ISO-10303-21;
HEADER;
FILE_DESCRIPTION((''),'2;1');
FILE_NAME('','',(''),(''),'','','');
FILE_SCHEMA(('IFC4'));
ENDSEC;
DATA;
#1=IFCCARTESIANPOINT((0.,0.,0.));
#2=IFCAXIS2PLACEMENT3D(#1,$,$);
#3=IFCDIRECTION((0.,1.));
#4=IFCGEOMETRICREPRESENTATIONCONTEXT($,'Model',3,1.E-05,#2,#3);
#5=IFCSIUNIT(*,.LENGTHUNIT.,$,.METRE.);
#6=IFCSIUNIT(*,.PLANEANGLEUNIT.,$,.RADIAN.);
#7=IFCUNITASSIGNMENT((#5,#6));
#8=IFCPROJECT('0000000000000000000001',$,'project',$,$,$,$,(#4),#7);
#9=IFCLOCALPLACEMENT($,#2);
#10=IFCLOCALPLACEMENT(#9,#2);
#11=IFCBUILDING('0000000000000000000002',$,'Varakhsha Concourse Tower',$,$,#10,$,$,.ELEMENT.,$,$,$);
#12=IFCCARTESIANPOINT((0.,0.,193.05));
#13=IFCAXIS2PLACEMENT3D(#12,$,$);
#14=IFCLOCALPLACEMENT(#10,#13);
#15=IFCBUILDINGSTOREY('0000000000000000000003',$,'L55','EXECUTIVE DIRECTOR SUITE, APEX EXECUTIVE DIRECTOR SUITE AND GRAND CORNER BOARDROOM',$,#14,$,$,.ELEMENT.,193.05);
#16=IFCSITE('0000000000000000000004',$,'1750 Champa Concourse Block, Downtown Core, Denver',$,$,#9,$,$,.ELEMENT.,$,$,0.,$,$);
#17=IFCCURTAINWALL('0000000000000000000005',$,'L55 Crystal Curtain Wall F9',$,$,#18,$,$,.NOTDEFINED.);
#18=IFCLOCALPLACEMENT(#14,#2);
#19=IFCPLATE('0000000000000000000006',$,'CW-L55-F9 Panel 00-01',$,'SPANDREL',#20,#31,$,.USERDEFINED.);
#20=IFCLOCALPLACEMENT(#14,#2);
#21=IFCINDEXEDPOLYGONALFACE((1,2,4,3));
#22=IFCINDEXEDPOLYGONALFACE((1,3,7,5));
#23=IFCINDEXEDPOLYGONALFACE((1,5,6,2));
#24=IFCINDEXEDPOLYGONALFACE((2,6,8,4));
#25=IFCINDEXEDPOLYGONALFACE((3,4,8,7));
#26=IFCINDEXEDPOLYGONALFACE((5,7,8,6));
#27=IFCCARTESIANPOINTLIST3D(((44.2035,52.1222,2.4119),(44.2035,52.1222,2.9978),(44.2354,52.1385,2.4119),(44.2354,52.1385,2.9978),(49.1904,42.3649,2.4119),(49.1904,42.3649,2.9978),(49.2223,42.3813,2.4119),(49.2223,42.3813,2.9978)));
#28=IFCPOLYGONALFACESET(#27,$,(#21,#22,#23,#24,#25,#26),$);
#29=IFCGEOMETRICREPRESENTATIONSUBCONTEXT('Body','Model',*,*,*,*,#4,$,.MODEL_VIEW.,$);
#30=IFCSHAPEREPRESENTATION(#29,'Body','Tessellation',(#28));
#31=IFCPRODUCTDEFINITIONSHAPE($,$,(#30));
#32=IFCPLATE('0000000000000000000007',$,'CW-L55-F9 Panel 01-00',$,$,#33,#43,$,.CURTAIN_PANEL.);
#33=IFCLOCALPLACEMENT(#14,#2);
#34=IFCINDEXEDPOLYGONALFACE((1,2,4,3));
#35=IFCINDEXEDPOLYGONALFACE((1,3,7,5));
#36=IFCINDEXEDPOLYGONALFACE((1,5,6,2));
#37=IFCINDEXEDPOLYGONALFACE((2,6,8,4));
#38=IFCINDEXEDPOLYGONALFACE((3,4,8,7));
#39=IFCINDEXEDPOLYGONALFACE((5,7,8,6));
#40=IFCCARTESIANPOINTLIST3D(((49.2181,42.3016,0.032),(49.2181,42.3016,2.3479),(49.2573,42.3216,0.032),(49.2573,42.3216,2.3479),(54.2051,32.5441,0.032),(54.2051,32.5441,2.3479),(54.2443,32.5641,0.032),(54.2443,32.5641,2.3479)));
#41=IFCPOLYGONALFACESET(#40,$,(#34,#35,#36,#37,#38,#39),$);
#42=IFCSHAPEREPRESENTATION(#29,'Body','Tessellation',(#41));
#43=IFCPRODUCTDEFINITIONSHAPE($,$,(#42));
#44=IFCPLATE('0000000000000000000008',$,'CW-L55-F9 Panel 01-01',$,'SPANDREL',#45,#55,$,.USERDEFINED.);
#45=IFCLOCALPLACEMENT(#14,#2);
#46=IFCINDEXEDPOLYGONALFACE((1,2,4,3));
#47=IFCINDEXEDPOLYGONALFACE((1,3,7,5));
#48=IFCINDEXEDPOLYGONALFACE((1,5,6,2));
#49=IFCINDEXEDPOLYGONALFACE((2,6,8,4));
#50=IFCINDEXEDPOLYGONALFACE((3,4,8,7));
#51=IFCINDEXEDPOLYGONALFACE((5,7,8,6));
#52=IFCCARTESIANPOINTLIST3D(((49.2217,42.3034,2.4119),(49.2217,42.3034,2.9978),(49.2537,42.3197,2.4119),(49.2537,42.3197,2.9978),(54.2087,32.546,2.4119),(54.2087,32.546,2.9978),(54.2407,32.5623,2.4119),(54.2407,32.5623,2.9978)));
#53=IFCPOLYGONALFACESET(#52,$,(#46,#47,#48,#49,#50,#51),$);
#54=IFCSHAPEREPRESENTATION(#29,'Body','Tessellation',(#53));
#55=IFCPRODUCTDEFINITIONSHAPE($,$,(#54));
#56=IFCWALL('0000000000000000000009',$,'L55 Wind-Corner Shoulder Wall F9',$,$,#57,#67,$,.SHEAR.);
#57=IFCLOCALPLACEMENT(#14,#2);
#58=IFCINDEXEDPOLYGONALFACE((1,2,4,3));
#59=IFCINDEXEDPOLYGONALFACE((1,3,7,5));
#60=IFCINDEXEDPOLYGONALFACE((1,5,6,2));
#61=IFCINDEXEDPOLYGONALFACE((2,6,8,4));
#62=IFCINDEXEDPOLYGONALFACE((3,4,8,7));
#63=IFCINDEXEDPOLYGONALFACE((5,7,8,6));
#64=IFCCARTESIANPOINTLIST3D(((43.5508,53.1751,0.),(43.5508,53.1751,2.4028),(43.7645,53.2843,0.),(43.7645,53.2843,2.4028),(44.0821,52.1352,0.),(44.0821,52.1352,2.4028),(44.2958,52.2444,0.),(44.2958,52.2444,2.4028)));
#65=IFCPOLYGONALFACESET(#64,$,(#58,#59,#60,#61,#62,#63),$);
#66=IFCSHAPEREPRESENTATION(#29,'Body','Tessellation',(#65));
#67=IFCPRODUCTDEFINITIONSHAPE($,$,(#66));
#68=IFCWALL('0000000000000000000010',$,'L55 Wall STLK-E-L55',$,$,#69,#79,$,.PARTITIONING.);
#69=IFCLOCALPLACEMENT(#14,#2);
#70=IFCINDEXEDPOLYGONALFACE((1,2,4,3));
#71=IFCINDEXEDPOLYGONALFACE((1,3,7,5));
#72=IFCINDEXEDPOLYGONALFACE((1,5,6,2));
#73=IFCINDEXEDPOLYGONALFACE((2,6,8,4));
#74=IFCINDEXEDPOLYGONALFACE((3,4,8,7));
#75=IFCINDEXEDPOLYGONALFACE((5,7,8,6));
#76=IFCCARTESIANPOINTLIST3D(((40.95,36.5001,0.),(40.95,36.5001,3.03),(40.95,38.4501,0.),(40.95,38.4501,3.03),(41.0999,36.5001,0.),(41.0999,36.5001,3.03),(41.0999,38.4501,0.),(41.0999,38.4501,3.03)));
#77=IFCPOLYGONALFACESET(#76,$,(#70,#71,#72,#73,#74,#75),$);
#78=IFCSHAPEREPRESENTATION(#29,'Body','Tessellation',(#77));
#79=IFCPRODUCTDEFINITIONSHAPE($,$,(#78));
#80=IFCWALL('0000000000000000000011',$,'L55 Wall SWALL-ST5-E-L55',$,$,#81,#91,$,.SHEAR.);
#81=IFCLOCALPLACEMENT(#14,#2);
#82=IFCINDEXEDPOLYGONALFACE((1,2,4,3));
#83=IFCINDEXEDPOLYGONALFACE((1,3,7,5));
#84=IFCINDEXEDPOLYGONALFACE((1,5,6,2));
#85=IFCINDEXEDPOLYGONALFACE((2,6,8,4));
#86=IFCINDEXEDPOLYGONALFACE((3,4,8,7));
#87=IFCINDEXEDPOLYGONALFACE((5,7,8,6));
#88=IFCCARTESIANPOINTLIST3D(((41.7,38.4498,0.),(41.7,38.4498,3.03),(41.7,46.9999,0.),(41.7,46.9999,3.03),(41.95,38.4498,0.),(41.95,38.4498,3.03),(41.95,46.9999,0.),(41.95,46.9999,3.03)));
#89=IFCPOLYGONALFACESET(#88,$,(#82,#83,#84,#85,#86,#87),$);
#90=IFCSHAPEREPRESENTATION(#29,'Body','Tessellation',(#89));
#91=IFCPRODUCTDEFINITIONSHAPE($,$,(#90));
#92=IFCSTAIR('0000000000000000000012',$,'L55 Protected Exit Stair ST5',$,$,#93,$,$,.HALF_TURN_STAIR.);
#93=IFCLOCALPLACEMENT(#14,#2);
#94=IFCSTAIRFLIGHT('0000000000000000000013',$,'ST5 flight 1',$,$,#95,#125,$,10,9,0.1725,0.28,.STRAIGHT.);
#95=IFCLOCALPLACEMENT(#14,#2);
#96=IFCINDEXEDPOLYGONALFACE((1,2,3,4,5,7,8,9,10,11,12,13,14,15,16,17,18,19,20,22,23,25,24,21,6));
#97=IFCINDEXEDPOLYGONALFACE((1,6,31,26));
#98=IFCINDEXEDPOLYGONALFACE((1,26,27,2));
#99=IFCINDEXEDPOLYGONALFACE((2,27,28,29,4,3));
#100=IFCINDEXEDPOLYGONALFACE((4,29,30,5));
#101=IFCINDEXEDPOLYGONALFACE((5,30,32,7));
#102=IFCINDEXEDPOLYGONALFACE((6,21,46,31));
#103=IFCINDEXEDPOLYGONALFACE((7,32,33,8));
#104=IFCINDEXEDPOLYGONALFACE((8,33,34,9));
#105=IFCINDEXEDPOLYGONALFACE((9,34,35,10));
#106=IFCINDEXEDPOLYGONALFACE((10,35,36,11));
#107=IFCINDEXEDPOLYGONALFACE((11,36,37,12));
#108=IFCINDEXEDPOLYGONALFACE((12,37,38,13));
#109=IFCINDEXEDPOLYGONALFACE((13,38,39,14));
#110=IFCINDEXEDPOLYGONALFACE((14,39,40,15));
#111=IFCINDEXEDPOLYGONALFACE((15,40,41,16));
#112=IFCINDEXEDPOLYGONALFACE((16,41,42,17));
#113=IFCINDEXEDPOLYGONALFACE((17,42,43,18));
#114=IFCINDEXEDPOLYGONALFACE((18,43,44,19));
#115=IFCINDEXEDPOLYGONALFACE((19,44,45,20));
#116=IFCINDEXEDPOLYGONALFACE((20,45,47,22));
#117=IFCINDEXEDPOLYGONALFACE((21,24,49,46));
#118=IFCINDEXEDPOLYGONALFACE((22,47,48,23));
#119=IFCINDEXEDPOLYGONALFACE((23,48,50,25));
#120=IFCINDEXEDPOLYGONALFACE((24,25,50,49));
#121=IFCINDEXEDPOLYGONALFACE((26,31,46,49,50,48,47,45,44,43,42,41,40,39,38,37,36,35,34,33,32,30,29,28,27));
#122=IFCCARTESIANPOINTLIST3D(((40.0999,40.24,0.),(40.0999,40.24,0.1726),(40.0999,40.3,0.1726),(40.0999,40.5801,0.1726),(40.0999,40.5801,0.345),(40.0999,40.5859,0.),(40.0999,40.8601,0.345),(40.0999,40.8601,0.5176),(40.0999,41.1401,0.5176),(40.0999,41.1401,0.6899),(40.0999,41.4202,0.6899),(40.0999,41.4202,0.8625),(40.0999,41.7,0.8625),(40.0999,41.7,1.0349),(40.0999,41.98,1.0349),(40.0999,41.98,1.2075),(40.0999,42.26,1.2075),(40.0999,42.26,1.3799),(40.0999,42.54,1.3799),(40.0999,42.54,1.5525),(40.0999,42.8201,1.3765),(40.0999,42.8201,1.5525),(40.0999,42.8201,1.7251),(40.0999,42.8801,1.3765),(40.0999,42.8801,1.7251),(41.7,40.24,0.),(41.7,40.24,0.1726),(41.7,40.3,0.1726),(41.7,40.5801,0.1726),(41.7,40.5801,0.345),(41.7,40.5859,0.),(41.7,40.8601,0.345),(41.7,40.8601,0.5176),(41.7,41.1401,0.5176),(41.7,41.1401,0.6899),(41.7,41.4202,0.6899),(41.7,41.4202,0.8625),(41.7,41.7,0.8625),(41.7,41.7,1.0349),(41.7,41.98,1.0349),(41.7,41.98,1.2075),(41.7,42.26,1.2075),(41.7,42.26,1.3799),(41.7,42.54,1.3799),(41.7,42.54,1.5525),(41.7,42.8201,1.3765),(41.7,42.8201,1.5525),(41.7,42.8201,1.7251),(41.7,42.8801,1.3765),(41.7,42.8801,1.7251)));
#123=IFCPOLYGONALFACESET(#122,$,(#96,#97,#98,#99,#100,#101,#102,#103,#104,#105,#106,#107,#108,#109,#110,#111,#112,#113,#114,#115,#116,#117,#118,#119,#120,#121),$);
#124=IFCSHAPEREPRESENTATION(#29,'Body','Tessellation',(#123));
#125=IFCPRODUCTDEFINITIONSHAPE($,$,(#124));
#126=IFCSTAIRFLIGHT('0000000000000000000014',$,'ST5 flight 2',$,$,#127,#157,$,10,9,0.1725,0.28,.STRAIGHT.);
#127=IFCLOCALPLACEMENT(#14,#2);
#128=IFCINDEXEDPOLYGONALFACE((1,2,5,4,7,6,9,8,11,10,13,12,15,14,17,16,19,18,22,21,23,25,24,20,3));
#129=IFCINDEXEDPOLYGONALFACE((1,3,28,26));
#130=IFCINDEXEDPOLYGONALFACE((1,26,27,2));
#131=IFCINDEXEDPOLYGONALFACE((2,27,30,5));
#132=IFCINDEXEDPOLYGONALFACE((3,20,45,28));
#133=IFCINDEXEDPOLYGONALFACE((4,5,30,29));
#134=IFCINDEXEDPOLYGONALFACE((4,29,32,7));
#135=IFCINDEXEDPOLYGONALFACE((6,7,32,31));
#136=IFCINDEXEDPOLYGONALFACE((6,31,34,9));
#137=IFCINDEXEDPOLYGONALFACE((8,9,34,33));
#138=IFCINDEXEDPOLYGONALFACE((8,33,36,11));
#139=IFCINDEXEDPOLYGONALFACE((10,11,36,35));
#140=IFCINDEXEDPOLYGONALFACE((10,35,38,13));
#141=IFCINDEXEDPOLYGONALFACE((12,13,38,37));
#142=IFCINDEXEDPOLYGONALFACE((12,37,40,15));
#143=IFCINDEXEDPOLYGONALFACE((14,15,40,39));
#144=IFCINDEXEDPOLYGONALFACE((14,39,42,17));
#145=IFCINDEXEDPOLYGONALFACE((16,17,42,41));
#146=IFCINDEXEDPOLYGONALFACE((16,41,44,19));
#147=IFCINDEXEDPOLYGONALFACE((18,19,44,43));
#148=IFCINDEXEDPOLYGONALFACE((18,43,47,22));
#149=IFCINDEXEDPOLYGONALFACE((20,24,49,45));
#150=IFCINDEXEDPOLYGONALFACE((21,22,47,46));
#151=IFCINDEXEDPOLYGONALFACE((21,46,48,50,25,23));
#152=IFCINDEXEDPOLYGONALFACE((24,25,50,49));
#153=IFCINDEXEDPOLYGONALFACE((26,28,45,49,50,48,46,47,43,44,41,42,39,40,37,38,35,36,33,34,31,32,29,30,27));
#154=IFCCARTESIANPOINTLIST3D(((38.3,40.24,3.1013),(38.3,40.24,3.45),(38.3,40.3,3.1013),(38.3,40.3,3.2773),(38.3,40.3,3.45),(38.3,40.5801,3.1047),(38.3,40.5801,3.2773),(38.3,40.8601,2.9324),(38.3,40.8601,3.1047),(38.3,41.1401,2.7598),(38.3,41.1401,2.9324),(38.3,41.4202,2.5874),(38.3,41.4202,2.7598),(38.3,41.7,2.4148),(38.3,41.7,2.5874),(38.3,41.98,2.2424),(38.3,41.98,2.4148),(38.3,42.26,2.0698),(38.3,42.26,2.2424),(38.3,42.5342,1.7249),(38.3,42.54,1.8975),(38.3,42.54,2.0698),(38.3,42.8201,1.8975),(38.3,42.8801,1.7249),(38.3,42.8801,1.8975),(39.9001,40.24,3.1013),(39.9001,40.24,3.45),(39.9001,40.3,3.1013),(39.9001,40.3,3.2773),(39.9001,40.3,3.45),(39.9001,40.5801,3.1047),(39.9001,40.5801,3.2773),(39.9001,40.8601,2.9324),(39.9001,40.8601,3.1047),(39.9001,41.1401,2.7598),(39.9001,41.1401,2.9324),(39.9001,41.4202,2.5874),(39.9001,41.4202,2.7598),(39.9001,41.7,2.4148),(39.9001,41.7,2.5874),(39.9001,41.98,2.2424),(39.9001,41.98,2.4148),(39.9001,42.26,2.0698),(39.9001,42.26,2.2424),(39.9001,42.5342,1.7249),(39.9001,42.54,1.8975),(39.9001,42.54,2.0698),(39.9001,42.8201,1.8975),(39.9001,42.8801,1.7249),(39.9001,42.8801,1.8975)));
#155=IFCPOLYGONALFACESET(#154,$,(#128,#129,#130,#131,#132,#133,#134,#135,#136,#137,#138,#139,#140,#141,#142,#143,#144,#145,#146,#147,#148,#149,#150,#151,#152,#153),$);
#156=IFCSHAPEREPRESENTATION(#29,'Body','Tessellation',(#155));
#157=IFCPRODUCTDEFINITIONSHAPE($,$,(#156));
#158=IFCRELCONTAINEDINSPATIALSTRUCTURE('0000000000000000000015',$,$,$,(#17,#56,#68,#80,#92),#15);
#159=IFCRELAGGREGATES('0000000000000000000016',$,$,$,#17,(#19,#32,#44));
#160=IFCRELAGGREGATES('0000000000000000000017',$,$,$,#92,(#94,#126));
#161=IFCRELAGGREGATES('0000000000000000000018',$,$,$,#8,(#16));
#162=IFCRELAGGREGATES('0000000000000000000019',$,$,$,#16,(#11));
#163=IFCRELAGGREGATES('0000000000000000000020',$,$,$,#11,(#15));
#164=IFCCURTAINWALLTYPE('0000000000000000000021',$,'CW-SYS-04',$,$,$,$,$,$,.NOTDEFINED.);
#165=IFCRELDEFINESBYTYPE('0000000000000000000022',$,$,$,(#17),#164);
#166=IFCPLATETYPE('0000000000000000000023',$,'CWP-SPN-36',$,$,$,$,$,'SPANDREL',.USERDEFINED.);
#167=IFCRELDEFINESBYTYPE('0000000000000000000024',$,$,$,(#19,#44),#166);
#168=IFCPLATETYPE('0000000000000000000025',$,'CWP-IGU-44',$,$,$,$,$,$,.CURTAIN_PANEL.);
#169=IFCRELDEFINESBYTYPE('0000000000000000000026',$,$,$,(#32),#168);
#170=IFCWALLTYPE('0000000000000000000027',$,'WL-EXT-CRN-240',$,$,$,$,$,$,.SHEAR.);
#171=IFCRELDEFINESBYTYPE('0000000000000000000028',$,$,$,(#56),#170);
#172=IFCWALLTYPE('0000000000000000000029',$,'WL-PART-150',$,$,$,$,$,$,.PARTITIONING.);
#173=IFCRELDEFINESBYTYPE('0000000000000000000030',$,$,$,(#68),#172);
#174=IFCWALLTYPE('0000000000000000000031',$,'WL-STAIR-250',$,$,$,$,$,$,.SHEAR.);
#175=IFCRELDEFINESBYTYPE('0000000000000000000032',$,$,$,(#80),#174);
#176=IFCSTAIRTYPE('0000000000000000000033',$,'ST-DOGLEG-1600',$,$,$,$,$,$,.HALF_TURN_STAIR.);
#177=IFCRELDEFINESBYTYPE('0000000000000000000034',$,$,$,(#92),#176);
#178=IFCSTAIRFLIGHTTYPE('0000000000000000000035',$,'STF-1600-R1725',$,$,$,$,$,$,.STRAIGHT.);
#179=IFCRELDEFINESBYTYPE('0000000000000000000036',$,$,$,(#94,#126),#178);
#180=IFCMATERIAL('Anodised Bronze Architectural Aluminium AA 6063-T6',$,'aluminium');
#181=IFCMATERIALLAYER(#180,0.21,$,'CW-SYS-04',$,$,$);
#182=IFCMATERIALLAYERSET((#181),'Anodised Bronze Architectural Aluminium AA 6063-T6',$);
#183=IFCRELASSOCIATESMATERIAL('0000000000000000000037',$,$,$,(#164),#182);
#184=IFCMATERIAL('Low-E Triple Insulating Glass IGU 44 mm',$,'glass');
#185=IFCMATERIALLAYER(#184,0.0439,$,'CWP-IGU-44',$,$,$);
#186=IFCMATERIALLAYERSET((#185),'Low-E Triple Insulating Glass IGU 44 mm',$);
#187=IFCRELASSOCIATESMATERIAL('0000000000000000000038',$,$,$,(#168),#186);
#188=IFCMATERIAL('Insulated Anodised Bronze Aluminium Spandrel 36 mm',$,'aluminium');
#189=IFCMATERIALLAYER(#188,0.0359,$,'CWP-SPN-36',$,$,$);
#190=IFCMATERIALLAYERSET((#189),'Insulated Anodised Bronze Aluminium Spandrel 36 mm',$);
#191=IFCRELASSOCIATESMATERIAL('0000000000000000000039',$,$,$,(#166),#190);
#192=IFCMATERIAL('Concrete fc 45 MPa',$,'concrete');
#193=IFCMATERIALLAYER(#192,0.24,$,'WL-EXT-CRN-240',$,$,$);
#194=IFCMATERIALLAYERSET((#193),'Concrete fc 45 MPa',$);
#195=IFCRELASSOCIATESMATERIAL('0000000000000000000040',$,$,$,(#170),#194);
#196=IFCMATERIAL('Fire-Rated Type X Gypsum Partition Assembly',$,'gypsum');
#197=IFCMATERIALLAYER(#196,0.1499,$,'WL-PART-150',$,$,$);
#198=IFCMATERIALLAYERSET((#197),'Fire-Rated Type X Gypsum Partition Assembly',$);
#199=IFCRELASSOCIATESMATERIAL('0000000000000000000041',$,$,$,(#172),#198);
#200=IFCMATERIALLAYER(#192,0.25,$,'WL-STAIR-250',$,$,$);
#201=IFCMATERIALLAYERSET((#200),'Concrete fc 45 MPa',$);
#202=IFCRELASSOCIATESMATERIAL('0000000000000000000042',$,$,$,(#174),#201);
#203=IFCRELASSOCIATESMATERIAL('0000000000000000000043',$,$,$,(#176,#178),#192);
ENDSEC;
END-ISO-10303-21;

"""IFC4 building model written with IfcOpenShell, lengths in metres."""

from ifc_helpers import new_model, si_unit, direction, frame, frame_2d, origin, origin_2d, place, context, subcontext, project, spatial, polyline, rectangle, outline, extrude, source, transform, mapped, material, layer, layer_set, type_object, type_shapes, element, aggregate, save


model = new_model("IFC4")

# Units and contexts
model_context = context("Model", 3, precision=1e-05, world=origin(), true_north=direction((0.0, 1.0)))
body_context = subcontext(model_context, "Body", "Model", "MODEL_VIEW")
ifc_project = project(units=[si_unit("LENGTHUNIT", "METRE"), si_unit("PLANEANGLEUNIT", "RADIAN")], contexts=[model_context])

# Site, building, storey
site_placement = place(None, origin())
site = spatial("IfcSite", under=ifc_project, at=site_placement, Name="1750 Champa Concourse Block, Downtown Core, Denver", CompositionType="ELEMENT", RefElevation=0.0)
building_placement = place(site_placement, origin())
building = spatial("IfcBuilding", under=site, at=building_placement, Name="Varakhsha Concourse Tower", CompositionType="ELEMENT")
storey_placement = place(building_placement, frame((0.0, 0.0, 193.05)))
storey = spatial("IfcBuildingStorey", under=building, at=storey_placement, Name="L55", Description="EXECUTIVE DIRECTOR SUITE, APEX EXECUTIVE DIRECTOR SUITE AND GRAND CORNER BOARDROOM", CompositionType="ELEMENT", Elevation=193.05)

# Curtain wall
ifc_material_1 = material(Name="Anodised Bronze Architectural Aluminium AA 6063-T6", Category="aluminium")
ifc_layer_1 = layer(ifc_material_1, 0.21, Name="CW-SYS-04")
ifc_layer_set_1 = layer_set([ifc_layer_1], Name="Anodised Bronze Architectural Aluminium AA 6063-T6")
curtain_wall_type = type_object("IfcCurtainWallType", Name="CW-SYS-04", PredefinedType="NOTDEFINED", material=ifc_layer_set_1)
curtain_wall_1_placement = place(storey_placement, origin())
curtain_wall_1 = element("IfcCurtainWall", 1, at=curtain_wall_1_placement, inside=storey, type_object=curtain_wall_type, Name="L55 Crystal Curtain Wall F9", PredefinedType="NOTDEFINED")

# Plates
ifc_material_2 = material(Name="Low-E Triple Insulating Glass IGU 44 mm", Category="glass")
ifc_layer_2 = layer(ifc_material_2, 0.0439, Name="CWP-IGU-44")
ifc_layer_set_2 = layer_set([ifc_layer_2], Name="Low-E Triple Insulating Glass IGU 44 mm")
plate_type_1 = type_object("IfcPlateType", Name="CWP-IGU-44", PredefinedType="CURTAIN_PANEL", material=ifc_layer_set_2)
ifc_material_3 = material(Name="Insulated Anodised Bronze Aluminium Spandrel 36 mm", Category="aluminium")
ifc_layer_3 = layer(ifc_material_3, 0.0359, Name="CWP-SPN-36")
ifc_layer_set_3 = layer_set([ifc_layer_3], Name="Insulated Anodised Bronze Aluminium Spandrel 36 mm")
plate_type_2 = type_object("IfcPlateType", Name="CWP-SPN-36", ElementType="SPANDREL", PredefinedType="USERDEFINED", material=ifc_layer_set_3)
shared_shape_1 = source(origin(), body_context, "Body", "SweptSolid", [
    extrude(rectangle(XDim=10.9578, YDim=0.0359, at=origin_2d()), origin(), (0.0, 0.0, 1.0), 0.5859),
])
plate_1_placement = place(storey_placement, frame((46.7129, 47.2517, 2.4119), z_axis=(0.0, 0.0, 1.0), x_axis=(0.455102, -0.890439, 0.0)))
plate_1 = element("IfcPlate", 2, at=plate_1_placement, type_object=plate_type_2, Name="CW-L55-F9 Panel 00-01", ObjectType="SPANDREL", PredefinedType="USERDEFINED", context=body_context, shape_type="MappedRepresentation", body=[
    mapped(shared_shape_1, transform((0.0, 0.0, 0.0), scale=1.0)),
])
shared_shape_2 = source(origin(), body_context, "Body", "SweptSolid", [
    extrude(rectangle(XDim=10.958, YDim=0.0439, at=origin_2d()), origin(), (0.0, 0.0, 1.0), 2.3159),
])
plate_2_placement = place(storey_placement, frame((51.7312, 37.4329, 0.032), z_axis=(0.0, 0.0, 1.0), x_axis=(0.455102, -0.890439, 0.0)))
plate_2 = element("IfcPlate", 3, at=plate_2_placement, type_object=plate_type_1, Name="CW-L55-F9 Panel 01-00", PredefinedType="CURTAIN_PANEL", context=body_context, shape_type="MappedRepresentation", body=[
    mapped(shared_shape_2, transform((0.0, 0.0, 0.0), scale=1.0)),
])
shared_shape_3 = source(origin(), body_context, "Body", "SweptSolid", [
    extrude(rectangle(XDim=10.958, YDim=0.0359, at=origin_2d()), origin(), (0.0, 0.0, 1.0), 0.5859),
])
type_shapes(plate_type_2, [shared_shape_1, shared_shape_3])
plate_3_placement = place(storey_placement, frame((51.7312, 37.4329, 2.4119), z_axis=(0.0, 0.0, 1.0), x_axis=(0.455102, -0.890439, 0.0)))
plate_3 = element("IfcPlate", 4, at=plate_3_placement, type_object=plate_type_2, Name="CW-L55-F9 Panel 01-01", ObjectType="SPANDREL", PredefinedType="USERDEFINED", context=body_context, shape_type="MappedRepresentation", body=[
    mapped(shared_shape_3, transform((0.0, 0.0, 0.0), scale=1.0)),
])
aggregate(curtain_wall_1, [plate_1, plate_2, plate_3])

# Walls
ifc_material_4 = material(Name="Concrete fc 45 MPa", Category="concrete")
ifc_layer_4 = layer(ifc_material_4, 0.24, Name="WL-EXT-CRN-240")
ifc_layer_set_4 = layer_set([ifc_layer_4], Name="Concrete fc 45 MPa")
wall_type_1 = type_object("IfcWallType", Name="WL-EXT-CRN-240", PredefinedType="SHEAR", material=ifc_layer_set_4)
wall_1_placement = place(storey_placement, frame((44.189, 52.1897, 0.0), z_axis=(0.0, 0.0, 1.0), x_axis=(-0.454975, 0.890504, 0.0)))
element("IfcWall", 5, at=wall_1_placement, inside=storey, type_object=wall_type_1, Name="L55 Wind-Corner Shoulder Wall F9", PredefinedType="SHEAR", context=body_context, shape_type="SweptSolid", body=[
    extrude(rectangle(XDim=1.1677, YDim=0.24, at=frame_2d((0.584, 0.0))), origin(), (0.0, 0.0, 1.0), 2.4028),
])
ifc_material_5 = material(Name="Fire-Rated Type X Gypsum Partition Assembly", Category="gypsum")
ifc_layer_5 = layer(ifc_material_5, 0.1499, Name="WL-PART-150")
ifc_layer_set_5 = layer_set([ifc_layer_5], Name="Fire-Rated Type X Gypsum Partition Assembly")
wall_type_2 = type_object("IfcWallType", Name="WL-PART-150", PredefinedType="PARTITIONING", material=ifc_layer_set_5)
wall_2_placement = place(storey_placement, frame((41.0249, 36.5, 0.0), z_axis=(0.0, 0.0, 1.0), x_axis=(0.0, 1.0, 0.0)))
element("IfcWall", 6, at=wall_2_placement, inside=storey, type_object=wall_type_2, Name="L55 Wall STLK-E-L55", PredefinedType="PARTITIONING", context=body_context, shape_type="SweptSolid", body=[
    extrude(rectangle(XDim=1.95, YDim=0.1499, at=frame_2d((0.9751, 0.0))), origin(), (0.0, 0.0, 1.0), 3.03),
])
ifc_layer_6 = layer(ifc_material_4, 0.25, Name="WL-STAIR-250")
ifc_layer_set_6 = layer_set([ifc_layer_6], Name="Concrete fc 45 MPa")
wall_type_3 = type_object("IfcWallType", Name="WL-STAIR-250", PredefinedType="SHEAR", material=ifc_layer_set_6)
wall_3_placement = place(storey_placement, frame((41.825, 38.45, 0.0), z_axis=(0.0, 0.0, 1.0), x_axis=(0.0, 1.0, 0.0)))
element("IfcWall", 7, at=wall_3_placement, inside=storey, type_object=wall_type_3, Name="L55 Wall SWALL-ST5-E-L55", PredefinedType="SHEAR", context=body_context, shape_type="SweptSolid", body=[
    extrude(rectangle(XDim=8.55, YDim=0.25, at=frame_2d((4.2749, 0.0))), origin(), (0.0, 0.0, 1.0), 3.03),
])

# Stair, stair flights
stair_type = type_object("IfcStairType", Name="ST-DOGLEG-1600", PredefinedType="HALF_TURN_STAIR", material=ifc_material_4)
stair_placement = place(storey_placement, origin())
stair = element("IfcStair", 8, at=stair_placement, inside=storey, type_object=stair_type, Name="L55 Protected Exit Stair ST5", PredefinedType="HALF_TURN_STAIR")
stair_flight_type = type_object("IfcStairFlightType", Name="STF-1600-R1725", PredefinedType="STRAIGHT", material=ifc_material_4)
stair_flight_1_placement = place(storey_placement, frame((40.8999, 40.3, 0.0), z_axis=(0.0, 0.0, 1.0), x_axis=(0.0, 1.0, 0.0)))
stair_flight_1 = element("IfcStairFlight", 9, at=stair_flight_1_placement, type_object=stair_flight_type, Name="ST5 flight 1", NumberOfRisers=10, NumberOfTreads=9, PredefinedType="STRAIGHT", RiserHeight=0.1725, TreadLength=0.28, context=body_context, shape_type="SweptSolid", body=[
    extrude(outline(polyline([(-0.0601, 0.0), (-0.0601, 0.1726), (0.0, 0.1726), (0.28, 0.1726), (0.28, 0.345), (0.5601, 0.345), (0.5601, 0.5176), (0.8401, 0.5176), (0.8401, 0.6899), (1.1201, 0.6899), (1.1201, 0.8625), (1.3999, 0.8625), (1.3999, 1.0349), (1.6799, 1.0349), (1.6799, 1.2075), (1.96, 1.2075), (1.96, 1.3799), (2.24, 1.3799), (2.24, 1.5525), (2.52, 1.5525), (2.52, 1.7251), (2.5801, 1.7251), (2.5801, 1.3765), (2.52, 1.3765), (0.2859, 0.0), (-0.0601, 0.0)])), frame((0.0, 0.8, 0.0), z_axis=(0.0, -1.0, 0.0), x_axis=(1.0, 0.0, 0.0)), (0.0, 0.0, 1.0), 1.6001),
])
stair_flight_2_placement = place(storey_placement, frame((39.1001, 42.8201, 1.7249), z_axis=(0.0, 0.0, 1.0), x_axis=(0.0, -1.0, 0.0)))
stair_flight_2 = element("IfcStairFlight", 10, at=stair_flight_2_placement, type_object=stair_flight_type, Name="ST5 flight 2", NumberOfRisers=10, NumberOfTreads=9, PredefinedType="STRAIGHT", RiserHeight=0.1725, TreadLength=0.28, context=body_context, shape_type="SweptSolid", body=[
    extrude(outline(polyline([(-0.0601, 0.0), (-0.0601, 0.1726), (0.0, 0.1726), (0.28, 0.1726), (0.28, 0.345), (0.5601, 0.345), (0.5601, 0.5176), (0.8401, 0.5176), (0.8401, 0.6899), (1.1201, 0.6899), (1.1201, 0.8625), (1.3999, 0.8625), (1.3999, 1.0349), (1.6799, 1.0349), (1.6799, 1.2075), (1.96, 1.2075), (1.96, 1.3799), (2.24, 1.3799), (2.24, 1.5525), (2.52, 1.5525), (2.52, 1.7251), (2.5801, 1.7251), (2.5801, 1.3765), (2.52, 1.3765), (0.2859, 0.0), (-0.0601, 0.0)])), frame((0.0, 0.8, 0.0), z_axis=(0.0, -1.0, 0.0), x_axis=(1.0, 0.0, 0.0)), (0.0, 0.0, 1.0), 1.6001),
])
aggregate(stair, [stair_flight_1, stair_flight_2])

save(model, "model.ifc")
